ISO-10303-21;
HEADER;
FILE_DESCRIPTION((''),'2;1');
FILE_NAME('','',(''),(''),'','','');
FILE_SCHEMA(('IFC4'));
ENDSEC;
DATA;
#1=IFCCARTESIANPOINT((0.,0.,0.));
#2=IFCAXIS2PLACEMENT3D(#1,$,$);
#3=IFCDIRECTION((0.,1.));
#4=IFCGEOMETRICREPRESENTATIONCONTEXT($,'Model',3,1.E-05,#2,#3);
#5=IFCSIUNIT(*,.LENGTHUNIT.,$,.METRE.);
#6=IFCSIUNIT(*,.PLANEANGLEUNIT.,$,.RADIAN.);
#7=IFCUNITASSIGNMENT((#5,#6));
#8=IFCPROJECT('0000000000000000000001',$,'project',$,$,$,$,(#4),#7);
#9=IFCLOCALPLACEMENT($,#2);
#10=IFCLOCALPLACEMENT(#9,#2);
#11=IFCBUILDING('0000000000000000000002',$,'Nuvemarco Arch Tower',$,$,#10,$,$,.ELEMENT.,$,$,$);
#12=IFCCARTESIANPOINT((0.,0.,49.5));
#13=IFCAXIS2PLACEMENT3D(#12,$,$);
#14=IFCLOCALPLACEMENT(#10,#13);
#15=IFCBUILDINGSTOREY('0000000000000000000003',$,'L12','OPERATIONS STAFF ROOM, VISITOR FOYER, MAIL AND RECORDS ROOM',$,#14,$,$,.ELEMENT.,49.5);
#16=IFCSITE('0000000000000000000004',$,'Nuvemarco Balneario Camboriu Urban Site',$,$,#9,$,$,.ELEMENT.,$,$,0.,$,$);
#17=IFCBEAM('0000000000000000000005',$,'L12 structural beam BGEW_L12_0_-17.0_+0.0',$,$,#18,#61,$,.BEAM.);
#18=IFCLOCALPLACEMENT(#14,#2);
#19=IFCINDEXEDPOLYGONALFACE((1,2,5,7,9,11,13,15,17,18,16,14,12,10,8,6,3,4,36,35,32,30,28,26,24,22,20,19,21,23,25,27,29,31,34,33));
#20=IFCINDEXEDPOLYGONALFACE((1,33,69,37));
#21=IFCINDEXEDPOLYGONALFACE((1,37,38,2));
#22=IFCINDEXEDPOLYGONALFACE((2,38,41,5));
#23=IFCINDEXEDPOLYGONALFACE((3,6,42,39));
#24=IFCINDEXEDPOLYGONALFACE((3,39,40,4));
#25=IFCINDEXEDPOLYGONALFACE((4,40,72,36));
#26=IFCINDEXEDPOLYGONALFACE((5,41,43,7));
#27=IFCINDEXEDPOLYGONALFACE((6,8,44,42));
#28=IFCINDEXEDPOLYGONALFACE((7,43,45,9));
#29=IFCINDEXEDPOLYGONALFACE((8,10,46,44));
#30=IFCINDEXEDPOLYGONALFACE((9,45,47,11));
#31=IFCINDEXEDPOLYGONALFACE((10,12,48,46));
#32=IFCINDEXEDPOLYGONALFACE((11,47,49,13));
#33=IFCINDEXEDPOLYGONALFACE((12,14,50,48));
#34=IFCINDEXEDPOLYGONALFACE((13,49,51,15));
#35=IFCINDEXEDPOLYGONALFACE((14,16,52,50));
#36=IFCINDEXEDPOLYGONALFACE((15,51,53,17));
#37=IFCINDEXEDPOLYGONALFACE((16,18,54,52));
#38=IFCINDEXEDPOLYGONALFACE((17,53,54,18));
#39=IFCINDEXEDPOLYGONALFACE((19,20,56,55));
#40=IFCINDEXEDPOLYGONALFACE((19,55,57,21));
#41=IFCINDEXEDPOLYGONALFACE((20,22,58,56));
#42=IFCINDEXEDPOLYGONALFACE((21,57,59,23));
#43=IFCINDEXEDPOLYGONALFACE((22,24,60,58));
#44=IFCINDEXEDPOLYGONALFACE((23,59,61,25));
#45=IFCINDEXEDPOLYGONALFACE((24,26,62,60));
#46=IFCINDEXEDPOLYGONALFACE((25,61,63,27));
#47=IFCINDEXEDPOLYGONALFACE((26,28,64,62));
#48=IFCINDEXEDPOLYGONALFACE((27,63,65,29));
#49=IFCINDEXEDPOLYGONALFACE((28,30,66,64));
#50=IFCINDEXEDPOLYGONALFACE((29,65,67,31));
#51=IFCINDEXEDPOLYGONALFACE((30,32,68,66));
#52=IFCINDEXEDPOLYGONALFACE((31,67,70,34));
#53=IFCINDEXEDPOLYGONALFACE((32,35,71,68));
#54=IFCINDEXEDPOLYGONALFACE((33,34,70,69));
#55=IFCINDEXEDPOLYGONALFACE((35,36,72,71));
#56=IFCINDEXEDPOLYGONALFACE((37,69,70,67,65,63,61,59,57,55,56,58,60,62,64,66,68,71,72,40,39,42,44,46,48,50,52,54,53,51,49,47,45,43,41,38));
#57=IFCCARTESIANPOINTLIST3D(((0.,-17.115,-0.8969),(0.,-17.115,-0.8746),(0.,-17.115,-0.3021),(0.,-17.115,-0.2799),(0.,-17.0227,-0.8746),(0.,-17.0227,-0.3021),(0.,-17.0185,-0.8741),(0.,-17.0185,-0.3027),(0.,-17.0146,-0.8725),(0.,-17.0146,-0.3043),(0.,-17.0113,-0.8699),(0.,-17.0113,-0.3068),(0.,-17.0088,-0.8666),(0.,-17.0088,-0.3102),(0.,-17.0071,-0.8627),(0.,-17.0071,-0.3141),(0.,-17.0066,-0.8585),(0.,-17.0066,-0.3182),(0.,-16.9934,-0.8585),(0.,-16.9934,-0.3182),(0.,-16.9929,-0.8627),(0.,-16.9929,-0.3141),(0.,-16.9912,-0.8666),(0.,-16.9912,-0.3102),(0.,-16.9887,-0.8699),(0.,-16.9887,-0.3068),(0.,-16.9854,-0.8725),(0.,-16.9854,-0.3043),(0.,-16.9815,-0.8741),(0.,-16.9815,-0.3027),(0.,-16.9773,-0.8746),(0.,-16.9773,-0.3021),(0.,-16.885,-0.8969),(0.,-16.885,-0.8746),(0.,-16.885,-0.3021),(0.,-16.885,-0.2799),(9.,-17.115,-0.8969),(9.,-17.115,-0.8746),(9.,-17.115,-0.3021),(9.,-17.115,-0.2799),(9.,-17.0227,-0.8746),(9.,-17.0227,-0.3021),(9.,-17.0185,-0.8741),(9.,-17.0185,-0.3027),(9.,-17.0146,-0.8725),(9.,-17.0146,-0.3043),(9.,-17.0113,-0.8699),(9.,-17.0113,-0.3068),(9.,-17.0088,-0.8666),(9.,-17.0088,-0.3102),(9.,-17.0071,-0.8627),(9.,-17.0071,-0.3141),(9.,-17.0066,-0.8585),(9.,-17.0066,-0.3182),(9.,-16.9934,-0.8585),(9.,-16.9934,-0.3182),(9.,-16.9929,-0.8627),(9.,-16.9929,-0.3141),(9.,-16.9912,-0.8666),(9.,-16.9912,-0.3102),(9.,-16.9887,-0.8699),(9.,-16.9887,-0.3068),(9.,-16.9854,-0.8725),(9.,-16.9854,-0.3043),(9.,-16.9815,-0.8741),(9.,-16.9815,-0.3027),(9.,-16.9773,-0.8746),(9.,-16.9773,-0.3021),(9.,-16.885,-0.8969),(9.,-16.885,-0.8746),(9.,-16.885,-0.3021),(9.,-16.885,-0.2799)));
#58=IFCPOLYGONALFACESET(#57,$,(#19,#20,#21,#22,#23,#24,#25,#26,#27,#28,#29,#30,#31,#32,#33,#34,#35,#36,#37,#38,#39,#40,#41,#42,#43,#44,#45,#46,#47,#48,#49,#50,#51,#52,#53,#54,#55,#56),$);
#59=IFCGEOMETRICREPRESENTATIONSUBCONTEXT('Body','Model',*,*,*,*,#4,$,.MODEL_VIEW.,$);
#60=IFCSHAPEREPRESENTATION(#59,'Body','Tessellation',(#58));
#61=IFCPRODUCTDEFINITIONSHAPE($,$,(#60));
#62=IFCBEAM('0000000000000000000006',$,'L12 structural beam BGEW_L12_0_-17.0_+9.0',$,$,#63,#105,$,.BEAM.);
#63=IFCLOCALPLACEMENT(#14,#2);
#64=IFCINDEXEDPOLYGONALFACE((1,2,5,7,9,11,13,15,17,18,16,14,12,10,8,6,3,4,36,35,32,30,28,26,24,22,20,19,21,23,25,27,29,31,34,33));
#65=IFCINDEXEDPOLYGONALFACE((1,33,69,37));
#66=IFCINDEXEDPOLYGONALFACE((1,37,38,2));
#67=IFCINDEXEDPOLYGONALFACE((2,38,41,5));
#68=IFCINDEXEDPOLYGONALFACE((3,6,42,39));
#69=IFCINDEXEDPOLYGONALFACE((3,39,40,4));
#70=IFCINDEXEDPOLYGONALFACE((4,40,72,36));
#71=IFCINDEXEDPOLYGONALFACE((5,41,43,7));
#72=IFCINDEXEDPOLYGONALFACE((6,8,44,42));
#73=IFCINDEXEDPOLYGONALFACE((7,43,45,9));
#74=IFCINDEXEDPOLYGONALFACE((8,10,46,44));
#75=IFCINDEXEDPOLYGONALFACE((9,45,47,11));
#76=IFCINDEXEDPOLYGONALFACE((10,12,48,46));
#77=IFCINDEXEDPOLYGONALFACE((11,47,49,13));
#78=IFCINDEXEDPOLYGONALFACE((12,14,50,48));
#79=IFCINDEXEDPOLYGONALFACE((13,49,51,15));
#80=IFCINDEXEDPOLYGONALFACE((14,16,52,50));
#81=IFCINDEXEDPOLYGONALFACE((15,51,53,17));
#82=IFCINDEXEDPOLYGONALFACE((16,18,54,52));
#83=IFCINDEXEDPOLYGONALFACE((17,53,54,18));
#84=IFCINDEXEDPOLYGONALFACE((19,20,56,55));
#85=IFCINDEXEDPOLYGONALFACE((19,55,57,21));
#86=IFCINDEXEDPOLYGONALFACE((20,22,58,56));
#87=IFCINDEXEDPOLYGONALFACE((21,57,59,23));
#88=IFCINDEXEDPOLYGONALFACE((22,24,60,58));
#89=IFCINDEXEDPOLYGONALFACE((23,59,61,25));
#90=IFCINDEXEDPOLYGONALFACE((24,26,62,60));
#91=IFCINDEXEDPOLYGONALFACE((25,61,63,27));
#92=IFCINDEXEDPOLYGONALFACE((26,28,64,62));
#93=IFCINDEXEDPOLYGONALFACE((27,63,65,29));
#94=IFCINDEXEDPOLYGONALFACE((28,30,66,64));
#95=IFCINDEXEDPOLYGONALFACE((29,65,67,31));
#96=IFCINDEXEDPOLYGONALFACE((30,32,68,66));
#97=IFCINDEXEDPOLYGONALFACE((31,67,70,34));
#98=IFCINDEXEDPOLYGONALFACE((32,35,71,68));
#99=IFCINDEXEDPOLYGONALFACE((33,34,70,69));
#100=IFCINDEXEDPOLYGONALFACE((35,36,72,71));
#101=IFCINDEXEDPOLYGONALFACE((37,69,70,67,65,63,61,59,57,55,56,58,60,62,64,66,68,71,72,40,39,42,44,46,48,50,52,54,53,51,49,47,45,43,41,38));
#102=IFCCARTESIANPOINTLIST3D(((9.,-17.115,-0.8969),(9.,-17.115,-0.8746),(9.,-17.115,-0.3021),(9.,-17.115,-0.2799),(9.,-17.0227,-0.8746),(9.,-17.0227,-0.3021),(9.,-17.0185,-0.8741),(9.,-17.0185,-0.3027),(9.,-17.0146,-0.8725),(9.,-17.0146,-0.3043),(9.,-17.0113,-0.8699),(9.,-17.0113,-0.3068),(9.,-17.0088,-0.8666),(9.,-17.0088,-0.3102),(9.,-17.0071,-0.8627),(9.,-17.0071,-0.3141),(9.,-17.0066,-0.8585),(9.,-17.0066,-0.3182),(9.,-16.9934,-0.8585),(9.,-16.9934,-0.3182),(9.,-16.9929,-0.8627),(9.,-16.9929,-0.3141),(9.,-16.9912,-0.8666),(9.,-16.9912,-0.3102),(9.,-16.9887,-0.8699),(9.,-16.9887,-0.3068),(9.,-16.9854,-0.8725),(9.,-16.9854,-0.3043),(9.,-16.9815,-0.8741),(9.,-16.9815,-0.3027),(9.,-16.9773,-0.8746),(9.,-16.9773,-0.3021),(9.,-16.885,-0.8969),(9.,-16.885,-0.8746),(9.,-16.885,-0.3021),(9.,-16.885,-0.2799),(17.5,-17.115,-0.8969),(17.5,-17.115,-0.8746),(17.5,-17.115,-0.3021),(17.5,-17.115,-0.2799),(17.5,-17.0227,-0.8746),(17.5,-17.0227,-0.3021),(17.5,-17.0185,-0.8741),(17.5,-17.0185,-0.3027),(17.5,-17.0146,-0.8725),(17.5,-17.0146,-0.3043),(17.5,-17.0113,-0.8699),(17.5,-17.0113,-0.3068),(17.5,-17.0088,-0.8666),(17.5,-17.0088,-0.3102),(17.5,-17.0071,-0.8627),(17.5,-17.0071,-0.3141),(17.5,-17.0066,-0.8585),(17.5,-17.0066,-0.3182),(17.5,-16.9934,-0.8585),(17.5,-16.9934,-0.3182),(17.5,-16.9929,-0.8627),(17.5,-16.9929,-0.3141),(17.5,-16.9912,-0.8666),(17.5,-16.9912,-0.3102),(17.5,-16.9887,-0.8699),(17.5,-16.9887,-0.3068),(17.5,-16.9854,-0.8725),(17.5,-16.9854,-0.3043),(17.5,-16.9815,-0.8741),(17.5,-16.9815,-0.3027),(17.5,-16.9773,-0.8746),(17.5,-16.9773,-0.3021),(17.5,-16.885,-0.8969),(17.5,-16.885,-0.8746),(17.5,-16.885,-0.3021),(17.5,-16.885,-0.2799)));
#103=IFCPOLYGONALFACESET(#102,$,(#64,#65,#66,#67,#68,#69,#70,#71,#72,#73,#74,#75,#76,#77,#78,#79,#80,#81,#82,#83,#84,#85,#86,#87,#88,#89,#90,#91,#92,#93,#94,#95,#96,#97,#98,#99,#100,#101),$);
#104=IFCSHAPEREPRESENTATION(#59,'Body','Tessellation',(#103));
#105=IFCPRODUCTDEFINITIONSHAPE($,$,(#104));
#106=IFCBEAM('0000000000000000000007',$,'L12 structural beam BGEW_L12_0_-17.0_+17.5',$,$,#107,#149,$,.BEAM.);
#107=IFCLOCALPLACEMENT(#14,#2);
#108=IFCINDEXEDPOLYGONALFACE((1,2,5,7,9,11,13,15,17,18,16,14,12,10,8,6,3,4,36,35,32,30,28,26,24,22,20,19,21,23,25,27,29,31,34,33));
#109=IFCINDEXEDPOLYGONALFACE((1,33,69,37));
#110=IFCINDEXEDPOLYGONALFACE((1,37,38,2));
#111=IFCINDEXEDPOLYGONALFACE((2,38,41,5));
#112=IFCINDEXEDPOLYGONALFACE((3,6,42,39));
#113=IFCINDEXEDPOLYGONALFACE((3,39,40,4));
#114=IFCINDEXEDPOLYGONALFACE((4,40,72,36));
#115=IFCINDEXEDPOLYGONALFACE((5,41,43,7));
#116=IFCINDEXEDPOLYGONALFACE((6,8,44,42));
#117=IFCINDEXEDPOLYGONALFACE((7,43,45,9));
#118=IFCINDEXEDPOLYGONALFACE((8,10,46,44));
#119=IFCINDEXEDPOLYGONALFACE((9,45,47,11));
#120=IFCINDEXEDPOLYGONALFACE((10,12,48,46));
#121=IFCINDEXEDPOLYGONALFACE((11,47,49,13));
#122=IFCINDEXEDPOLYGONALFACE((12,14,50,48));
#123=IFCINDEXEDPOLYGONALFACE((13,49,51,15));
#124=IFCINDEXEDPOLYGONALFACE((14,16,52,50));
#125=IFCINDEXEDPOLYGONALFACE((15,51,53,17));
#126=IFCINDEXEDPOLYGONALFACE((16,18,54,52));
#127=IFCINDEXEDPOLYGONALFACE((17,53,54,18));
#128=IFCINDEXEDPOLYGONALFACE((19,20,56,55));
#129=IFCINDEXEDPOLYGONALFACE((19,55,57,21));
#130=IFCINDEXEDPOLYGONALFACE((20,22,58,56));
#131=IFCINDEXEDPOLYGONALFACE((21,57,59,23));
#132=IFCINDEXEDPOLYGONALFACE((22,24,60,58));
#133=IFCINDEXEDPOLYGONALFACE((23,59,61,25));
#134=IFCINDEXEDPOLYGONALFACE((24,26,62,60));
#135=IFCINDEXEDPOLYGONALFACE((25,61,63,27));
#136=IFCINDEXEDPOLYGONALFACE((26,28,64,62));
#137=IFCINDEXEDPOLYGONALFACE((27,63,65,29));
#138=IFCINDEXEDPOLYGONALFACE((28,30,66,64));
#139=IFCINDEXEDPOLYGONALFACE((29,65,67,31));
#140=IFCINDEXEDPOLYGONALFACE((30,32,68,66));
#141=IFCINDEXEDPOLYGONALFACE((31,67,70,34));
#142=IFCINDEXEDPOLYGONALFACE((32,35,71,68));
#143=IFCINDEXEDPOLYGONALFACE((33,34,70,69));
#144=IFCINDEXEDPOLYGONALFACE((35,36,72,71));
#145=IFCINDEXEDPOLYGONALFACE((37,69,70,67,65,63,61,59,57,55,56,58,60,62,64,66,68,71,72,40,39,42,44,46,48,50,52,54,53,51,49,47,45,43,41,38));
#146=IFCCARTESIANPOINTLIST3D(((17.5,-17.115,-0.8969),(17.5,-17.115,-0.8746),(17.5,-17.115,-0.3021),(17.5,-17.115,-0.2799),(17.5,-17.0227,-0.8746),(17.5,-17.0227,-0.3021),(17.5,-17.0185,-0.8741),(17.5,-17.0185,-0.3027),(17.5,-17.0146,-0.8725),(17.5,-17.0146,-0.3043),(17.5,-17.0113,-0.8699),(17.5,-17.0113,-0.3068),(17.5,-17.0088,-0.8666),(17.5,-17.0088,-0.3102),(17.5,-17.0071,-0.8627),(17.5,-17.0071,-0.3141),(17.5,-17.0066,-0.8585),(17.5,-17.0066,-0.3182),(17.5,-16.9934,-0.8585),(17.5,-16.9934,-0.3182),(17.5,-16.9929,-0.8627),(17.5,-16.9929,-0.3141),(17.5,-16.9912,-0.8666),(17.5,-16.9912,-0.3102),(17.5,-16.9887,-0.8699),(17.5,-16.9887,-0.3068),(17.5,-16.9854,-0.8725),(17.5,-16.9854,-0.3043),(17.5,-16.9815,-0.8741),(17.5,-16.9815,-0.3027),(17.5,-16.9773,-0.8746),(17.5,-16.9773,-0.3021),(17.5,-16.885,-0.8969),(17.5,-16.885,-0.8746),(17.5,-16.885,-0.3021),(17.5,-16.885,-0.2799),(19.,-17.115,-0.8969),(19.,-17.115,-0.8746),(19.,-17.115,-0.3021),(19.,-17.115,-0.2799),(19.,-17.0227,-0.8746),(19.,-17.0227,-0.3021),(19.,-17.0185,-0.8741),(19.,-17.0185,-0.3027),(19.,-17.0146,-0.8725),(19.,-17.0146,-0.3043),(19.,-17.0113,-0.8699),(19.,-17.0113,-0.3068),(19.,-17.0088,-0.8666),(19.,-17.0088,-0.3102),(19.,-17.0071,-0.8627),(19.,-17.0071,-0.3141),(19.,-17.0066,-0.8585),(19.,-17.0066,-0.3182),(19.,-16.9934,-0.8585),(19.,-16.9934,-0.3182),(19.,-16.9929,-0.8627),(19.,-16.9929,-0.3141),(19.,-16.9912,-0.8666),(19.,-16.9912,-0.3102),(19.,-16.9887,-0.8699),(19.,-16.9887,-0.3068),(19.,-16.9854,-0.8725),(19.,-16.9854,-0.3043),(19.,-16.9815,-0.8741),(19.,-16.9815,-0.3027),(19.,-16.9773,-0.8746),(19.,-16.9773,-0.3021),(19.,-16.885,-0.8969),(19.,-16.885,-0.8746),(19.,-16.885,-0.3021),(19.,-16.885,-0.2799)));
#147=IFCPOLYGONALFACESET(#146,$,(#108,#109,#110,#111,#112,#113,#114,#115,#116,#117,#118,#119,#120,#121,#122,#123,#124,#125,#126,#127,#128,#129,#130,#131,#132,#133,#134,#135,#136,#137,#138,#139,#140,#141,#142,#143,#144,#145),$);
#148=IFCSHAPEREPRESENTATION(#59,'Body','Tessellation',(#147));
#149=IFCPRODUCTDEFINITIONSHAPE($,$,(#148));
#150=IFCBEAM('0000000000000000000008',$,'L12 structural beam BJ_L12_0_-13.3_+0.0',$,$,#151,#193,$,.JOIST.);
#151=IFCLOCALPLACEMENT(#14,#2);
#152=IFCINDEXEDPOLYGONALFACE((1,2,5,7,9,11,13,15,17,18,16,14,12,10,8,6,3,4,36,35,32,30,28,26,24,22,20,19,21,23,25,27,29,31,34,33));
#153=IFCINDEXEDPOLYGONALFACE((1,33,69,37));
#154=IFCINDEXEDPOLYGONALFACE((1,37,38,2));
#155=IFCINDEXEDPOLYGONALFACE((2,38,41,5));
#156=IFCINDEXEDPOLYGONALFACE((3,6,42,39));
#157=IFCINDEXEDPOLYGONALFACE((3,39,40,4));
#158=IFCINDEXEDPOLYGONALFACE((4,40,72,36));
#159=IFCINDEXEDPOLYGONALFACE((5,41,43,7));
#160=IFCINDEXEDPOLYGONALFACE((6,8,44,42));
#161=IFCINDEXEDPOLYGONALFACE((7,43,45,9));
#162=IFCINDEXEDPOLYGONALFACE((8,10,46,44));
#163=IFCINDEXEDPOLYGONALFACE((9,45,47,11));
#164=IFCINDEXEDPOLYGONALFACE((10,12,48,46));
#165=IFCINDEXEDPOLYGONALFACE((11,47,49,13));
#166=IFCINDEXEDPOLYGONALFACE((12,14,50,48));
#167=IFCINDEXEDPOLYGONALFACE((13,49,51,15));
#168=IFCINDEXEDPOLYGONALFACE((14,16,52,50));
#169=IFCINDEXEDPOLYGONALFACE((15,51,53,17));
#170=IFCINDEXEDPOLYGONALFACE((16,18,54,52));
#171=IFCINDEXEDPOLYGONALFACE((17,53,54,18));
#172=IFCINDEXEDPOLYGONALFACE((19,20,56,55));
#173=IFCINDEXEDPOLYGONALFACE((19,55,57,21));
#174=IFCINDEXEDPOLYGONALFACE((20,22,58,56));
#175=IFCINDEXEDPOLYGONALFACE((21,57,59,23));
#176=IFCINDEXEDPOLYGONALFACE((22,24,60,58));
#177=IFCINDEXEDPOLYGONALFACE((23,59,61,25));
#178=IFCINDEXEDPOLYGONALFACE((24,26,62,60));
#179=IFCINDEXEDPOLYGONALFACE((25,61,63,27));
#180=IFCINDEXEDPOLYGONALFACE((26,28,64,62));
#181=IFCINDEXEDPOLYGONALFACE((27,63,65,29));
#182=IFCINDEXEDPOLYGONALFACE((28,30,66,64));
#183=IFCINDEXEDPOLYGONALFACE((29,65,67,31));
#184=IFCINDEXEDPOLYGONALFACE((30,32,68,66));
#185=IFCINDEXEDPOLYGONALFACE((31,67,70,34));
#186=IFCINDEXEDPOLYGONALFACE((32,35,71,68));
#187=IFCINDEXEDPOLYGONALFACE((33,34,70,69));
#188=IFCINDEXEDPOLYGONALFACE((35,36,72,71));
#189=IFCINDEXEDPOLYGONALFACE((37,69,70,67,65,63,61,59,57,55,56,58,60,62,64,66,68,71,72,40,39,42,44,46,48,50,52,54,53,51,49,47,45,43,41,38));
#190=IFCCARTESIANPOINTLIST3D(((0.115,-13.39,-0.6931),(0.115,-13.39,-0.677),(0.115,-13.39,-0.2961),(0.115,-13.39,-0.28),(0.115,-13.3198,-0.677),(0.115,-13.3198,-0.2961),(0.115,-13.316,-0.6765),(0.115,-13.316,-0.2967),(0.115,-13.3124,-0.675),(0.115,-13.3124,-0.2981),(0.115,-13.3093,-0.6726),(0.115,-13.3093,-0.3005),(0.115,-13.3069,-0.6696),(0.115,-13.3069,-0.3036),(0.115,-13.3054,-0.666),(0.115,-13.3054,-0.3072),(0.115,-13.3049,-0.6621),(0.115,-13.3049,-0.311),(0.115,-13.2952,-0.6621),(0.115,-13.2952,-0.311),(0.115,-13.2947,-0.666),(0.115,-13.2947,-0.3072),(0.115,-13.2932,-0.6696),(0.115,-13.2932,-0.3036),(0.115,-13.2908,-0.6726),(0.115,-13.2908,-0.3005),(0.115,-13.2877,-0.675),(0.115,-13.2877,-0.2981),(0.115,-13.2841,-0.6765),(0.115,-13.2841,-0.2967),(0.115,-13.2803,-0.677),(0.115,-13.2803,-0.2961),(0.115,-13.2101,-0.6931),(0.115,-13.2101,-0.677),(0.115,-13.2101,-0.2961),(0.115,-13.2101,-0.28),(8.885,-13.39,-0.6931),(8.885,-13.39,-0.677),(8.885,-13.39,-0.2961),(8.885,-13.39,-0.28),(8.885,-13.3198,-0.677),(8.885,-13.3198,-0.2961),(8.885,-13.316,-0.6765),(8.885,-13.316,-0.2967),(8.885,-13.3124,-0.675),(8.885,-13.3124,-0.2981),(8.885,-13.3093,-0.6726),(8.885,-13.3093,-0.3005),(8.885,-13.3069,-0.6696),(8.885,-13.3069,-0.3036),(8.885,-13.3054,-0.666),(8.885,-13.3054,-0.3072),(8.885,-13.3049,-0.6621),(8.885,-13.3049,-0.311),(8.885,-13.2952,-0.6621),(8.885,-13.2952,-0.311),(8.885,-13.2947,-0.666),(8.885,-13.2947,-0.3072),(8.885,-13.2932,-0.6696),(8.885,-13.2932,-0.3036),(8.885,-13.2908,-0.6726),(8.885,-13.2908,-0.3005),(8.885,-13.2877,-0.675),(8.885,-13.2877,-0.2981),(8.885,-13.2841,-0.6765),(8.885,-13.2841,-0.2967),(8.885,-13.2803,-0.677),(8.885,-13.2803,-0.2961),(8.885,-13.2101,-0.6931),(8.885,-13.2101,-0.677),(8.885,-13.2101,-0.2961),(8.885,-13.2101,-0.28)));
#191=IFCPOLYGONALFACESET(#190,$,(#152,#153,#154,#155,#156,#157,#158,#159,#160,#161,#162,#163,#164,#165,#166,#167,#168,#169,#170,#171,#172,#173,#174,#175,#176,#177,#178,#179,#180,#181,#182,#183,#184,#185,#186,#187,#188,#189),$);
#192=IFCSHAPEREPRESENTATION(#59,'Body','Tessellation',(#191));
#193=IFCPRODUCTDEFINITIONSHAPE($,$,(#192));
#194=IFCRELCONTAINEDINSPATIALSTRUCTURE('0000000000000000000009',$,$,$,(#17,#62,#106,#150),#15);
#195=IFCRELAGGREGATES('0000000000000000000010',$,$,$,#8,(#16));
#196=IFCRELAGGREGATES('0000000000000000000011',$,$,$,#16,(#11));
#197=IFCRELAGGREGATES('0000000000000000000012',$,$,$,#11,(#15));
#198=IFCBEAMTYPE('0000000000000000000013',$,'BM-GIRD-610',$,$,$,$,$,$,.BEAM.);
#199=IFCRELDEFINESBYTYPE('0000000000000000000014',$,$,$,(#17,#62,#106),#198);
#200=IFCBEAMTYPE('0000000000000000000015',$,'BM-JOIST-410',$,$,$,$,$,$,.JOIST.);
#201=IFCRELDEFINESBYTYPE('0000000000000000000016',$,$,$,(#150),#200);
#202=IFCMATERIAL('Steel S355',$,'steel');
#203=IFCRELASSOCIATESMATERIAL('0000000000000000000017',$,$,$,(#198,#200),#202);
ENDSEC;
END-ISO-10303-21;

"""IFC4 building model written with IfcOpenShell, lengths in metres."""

from ifc_helpers import new_model, si_unit, direction, frame, origin, origin_2d, place, context, subcontext, project, spatial, i_section, extrude, material, material_profile, profile_set, type_object, element, save


model = new_model("IFC4")

# Units and contexts
model_context = context("Model", 3, precision=1e-05, world=origin(), true_north=direction((0.0, 1.0)))
body_context = subcontext(model_context, "Body", "Model", "MODEL_VIEW")
ifc_project = project(units=[si_unit("LENGTHUNIT", "METRE"), si_unit("PLANEANGLEUNIT", "RADIAN")], contexts=[model_context])

# Site, building, storey
site_placement = place(None, origin())
site = spatial("IfcSite", under=ifc_project, at=site_placement, Name="Nuvemarco Balneario Camboriu Urban Site", CompositionType="ELEMENT", RefElevation=0.0)
building_placement = place(site_placement, origin())
building = spatial("IfcBuilding", under=site, at=building_placement, Name="Nuvemarco Arch Tower", CompositionType="ELEMENT")
storey_placement = place(building_placement, frame((0.0, 0.0, 49.5)))
storey = spatial("IfcBuildingStorey", under=building, at=storey_placement, Name="L12", Description="OPERATIONS STAFF ROOM, VISITOR FOYER, MAIL AND RECORDS ROOM", CompositionType="ELEMENT", Elevation=49.5)

# Shared definitions
ifc_material_1 = material(Name="Steel S355", Category="steel")

# Beams
ifc_material_profile_1 = material_profile(ifc_material_1, i_section(OverallWidth=0.23, OverallDepth=0.6169, WebThickness=0.0132, FlangeThickness=0.0222, FilletRadius=0.0161, at=origin_2d()), Name="W610x140")
ifc_profile_set_1 = profile_set([ifc_material_profile_1], Name="Steel S355")
beam_type_1 = type_object("IfcBeamType", Name="BM-GIRD-610", PredefinedType="BEAM", material=ifc_profile_set_1)
beam_1_placement = place(storey_placement, frame((0.0, -17.0, -0.5884), z_axis=(1.0, 0.0, 0.0), x_axis=(0.0, 1.0, 0.0)))
element("IfcBeam", 1, at=beam_1_placement, inside=storey, type_object=beam_type_1, Name="L12 structural beam BGEW_L12_0_-17.0_+0.0", PredefinedType="BEAM", context=body_context, shape_type="SweptSolid", body=[
    extrude(i_section(OverallWidth=0.23, OverallDepth=0.6169, WebThickness=0.0132, FlangeThickness=0.0222, FilletRadius=0.0161, at=origin_2d()), origin(), (0.0, 0.0, 1.0), 9.0),
])
beam_2_placement = place(storey_placement, frame((9.0, -17.0, -0.5884), z_axis=(1.0, 0.0, 0.0), x_axis=(0.0, 1.0, 0.0)))
element("IfcBeam", 2, at=beam_2_placement, inside=storey, type_object=beam_type_1, Name="L12 structural beam BGEW_L12_0_-17.0_+9.0", PredefinedType="BEAM", context=body_context, shape_type="SweptSolid", body=[
    extrude(i_section(OverallWidth=0.23, OverallDepth=0.6169, WebThickness=0.0132, FlangeThickness=0.0222, FilletRadius=0.0161, at=origin_2d()), origin(), (0.0, 0.0, 1.0), 8.5),
])
beam_3_placement = place(storey_placement, frame((17.5, -17.0, -0.5884), z_axis=(1.0, 0.0, 0.0), x_axis=(0.0, 1.0, 0.0)))
element("IfcBeam", 3, at=beam_3_placement, inside=storey, type_object=beam_type_1, Name="L12 structural beam BGEW_L12_0_-17.0_+17.5", PredefinedType="BEAM", context=body_context, shape_type="SweptSolid", body=[
    extrude(i_section(OverallWidth=0.23, OverallDepth=0.6169, WebThickness=0.0132, FlangeThickness=0.0222, FilletRadius=0.0161, at=origin_2d()), origin(), (0.0, 0.0, 1.0), 1.5),
])
ifc_material_profile_2 = material_profile(ifc_material_1, i_section(OverallWidth=0.1799, OverallDepth=0.4131, WebThickness=0.0098, FlangeThickness=0.0161, FilletRadius=0.0149, at=origin_2d()), Name="W410x75")
ifc_profile_set_2 = profile_set([ifc_material_profile_2], Name="Steel S355")
beam_type_2 = type_object("IfcBeamType", Name="BM-JOIST-410", PredefinedType="JOIST", material=ifc_profile_set_2)
beam_4_placement = place(storey_placement, frame((0.115, -13.3, -0.4866), z_axis=(1.0, 0.0, 0.0), x_axis=(0.0, 1.0, 0.0)))
element("IfcBeam", 4, at=beam_4_placement, inside=storey, type_object=beam_type_2, Name="L12 structural beam BJ_L12_0_-13.3_+0.0", PredefinedType="JOIST", context=body_context, shape_type="SweptSolid", body=[
    extrude(i_section(OverallWidth=0.1799, OverallDepth=0.4131, WebThickness=0.0098, FlangeThickness=0.0161, FilletRadius=0.0149, at=origin_2d()), origin(), (0.0, 0.0, 1.0), 8.77),
])

save(model, "model.ifc")
